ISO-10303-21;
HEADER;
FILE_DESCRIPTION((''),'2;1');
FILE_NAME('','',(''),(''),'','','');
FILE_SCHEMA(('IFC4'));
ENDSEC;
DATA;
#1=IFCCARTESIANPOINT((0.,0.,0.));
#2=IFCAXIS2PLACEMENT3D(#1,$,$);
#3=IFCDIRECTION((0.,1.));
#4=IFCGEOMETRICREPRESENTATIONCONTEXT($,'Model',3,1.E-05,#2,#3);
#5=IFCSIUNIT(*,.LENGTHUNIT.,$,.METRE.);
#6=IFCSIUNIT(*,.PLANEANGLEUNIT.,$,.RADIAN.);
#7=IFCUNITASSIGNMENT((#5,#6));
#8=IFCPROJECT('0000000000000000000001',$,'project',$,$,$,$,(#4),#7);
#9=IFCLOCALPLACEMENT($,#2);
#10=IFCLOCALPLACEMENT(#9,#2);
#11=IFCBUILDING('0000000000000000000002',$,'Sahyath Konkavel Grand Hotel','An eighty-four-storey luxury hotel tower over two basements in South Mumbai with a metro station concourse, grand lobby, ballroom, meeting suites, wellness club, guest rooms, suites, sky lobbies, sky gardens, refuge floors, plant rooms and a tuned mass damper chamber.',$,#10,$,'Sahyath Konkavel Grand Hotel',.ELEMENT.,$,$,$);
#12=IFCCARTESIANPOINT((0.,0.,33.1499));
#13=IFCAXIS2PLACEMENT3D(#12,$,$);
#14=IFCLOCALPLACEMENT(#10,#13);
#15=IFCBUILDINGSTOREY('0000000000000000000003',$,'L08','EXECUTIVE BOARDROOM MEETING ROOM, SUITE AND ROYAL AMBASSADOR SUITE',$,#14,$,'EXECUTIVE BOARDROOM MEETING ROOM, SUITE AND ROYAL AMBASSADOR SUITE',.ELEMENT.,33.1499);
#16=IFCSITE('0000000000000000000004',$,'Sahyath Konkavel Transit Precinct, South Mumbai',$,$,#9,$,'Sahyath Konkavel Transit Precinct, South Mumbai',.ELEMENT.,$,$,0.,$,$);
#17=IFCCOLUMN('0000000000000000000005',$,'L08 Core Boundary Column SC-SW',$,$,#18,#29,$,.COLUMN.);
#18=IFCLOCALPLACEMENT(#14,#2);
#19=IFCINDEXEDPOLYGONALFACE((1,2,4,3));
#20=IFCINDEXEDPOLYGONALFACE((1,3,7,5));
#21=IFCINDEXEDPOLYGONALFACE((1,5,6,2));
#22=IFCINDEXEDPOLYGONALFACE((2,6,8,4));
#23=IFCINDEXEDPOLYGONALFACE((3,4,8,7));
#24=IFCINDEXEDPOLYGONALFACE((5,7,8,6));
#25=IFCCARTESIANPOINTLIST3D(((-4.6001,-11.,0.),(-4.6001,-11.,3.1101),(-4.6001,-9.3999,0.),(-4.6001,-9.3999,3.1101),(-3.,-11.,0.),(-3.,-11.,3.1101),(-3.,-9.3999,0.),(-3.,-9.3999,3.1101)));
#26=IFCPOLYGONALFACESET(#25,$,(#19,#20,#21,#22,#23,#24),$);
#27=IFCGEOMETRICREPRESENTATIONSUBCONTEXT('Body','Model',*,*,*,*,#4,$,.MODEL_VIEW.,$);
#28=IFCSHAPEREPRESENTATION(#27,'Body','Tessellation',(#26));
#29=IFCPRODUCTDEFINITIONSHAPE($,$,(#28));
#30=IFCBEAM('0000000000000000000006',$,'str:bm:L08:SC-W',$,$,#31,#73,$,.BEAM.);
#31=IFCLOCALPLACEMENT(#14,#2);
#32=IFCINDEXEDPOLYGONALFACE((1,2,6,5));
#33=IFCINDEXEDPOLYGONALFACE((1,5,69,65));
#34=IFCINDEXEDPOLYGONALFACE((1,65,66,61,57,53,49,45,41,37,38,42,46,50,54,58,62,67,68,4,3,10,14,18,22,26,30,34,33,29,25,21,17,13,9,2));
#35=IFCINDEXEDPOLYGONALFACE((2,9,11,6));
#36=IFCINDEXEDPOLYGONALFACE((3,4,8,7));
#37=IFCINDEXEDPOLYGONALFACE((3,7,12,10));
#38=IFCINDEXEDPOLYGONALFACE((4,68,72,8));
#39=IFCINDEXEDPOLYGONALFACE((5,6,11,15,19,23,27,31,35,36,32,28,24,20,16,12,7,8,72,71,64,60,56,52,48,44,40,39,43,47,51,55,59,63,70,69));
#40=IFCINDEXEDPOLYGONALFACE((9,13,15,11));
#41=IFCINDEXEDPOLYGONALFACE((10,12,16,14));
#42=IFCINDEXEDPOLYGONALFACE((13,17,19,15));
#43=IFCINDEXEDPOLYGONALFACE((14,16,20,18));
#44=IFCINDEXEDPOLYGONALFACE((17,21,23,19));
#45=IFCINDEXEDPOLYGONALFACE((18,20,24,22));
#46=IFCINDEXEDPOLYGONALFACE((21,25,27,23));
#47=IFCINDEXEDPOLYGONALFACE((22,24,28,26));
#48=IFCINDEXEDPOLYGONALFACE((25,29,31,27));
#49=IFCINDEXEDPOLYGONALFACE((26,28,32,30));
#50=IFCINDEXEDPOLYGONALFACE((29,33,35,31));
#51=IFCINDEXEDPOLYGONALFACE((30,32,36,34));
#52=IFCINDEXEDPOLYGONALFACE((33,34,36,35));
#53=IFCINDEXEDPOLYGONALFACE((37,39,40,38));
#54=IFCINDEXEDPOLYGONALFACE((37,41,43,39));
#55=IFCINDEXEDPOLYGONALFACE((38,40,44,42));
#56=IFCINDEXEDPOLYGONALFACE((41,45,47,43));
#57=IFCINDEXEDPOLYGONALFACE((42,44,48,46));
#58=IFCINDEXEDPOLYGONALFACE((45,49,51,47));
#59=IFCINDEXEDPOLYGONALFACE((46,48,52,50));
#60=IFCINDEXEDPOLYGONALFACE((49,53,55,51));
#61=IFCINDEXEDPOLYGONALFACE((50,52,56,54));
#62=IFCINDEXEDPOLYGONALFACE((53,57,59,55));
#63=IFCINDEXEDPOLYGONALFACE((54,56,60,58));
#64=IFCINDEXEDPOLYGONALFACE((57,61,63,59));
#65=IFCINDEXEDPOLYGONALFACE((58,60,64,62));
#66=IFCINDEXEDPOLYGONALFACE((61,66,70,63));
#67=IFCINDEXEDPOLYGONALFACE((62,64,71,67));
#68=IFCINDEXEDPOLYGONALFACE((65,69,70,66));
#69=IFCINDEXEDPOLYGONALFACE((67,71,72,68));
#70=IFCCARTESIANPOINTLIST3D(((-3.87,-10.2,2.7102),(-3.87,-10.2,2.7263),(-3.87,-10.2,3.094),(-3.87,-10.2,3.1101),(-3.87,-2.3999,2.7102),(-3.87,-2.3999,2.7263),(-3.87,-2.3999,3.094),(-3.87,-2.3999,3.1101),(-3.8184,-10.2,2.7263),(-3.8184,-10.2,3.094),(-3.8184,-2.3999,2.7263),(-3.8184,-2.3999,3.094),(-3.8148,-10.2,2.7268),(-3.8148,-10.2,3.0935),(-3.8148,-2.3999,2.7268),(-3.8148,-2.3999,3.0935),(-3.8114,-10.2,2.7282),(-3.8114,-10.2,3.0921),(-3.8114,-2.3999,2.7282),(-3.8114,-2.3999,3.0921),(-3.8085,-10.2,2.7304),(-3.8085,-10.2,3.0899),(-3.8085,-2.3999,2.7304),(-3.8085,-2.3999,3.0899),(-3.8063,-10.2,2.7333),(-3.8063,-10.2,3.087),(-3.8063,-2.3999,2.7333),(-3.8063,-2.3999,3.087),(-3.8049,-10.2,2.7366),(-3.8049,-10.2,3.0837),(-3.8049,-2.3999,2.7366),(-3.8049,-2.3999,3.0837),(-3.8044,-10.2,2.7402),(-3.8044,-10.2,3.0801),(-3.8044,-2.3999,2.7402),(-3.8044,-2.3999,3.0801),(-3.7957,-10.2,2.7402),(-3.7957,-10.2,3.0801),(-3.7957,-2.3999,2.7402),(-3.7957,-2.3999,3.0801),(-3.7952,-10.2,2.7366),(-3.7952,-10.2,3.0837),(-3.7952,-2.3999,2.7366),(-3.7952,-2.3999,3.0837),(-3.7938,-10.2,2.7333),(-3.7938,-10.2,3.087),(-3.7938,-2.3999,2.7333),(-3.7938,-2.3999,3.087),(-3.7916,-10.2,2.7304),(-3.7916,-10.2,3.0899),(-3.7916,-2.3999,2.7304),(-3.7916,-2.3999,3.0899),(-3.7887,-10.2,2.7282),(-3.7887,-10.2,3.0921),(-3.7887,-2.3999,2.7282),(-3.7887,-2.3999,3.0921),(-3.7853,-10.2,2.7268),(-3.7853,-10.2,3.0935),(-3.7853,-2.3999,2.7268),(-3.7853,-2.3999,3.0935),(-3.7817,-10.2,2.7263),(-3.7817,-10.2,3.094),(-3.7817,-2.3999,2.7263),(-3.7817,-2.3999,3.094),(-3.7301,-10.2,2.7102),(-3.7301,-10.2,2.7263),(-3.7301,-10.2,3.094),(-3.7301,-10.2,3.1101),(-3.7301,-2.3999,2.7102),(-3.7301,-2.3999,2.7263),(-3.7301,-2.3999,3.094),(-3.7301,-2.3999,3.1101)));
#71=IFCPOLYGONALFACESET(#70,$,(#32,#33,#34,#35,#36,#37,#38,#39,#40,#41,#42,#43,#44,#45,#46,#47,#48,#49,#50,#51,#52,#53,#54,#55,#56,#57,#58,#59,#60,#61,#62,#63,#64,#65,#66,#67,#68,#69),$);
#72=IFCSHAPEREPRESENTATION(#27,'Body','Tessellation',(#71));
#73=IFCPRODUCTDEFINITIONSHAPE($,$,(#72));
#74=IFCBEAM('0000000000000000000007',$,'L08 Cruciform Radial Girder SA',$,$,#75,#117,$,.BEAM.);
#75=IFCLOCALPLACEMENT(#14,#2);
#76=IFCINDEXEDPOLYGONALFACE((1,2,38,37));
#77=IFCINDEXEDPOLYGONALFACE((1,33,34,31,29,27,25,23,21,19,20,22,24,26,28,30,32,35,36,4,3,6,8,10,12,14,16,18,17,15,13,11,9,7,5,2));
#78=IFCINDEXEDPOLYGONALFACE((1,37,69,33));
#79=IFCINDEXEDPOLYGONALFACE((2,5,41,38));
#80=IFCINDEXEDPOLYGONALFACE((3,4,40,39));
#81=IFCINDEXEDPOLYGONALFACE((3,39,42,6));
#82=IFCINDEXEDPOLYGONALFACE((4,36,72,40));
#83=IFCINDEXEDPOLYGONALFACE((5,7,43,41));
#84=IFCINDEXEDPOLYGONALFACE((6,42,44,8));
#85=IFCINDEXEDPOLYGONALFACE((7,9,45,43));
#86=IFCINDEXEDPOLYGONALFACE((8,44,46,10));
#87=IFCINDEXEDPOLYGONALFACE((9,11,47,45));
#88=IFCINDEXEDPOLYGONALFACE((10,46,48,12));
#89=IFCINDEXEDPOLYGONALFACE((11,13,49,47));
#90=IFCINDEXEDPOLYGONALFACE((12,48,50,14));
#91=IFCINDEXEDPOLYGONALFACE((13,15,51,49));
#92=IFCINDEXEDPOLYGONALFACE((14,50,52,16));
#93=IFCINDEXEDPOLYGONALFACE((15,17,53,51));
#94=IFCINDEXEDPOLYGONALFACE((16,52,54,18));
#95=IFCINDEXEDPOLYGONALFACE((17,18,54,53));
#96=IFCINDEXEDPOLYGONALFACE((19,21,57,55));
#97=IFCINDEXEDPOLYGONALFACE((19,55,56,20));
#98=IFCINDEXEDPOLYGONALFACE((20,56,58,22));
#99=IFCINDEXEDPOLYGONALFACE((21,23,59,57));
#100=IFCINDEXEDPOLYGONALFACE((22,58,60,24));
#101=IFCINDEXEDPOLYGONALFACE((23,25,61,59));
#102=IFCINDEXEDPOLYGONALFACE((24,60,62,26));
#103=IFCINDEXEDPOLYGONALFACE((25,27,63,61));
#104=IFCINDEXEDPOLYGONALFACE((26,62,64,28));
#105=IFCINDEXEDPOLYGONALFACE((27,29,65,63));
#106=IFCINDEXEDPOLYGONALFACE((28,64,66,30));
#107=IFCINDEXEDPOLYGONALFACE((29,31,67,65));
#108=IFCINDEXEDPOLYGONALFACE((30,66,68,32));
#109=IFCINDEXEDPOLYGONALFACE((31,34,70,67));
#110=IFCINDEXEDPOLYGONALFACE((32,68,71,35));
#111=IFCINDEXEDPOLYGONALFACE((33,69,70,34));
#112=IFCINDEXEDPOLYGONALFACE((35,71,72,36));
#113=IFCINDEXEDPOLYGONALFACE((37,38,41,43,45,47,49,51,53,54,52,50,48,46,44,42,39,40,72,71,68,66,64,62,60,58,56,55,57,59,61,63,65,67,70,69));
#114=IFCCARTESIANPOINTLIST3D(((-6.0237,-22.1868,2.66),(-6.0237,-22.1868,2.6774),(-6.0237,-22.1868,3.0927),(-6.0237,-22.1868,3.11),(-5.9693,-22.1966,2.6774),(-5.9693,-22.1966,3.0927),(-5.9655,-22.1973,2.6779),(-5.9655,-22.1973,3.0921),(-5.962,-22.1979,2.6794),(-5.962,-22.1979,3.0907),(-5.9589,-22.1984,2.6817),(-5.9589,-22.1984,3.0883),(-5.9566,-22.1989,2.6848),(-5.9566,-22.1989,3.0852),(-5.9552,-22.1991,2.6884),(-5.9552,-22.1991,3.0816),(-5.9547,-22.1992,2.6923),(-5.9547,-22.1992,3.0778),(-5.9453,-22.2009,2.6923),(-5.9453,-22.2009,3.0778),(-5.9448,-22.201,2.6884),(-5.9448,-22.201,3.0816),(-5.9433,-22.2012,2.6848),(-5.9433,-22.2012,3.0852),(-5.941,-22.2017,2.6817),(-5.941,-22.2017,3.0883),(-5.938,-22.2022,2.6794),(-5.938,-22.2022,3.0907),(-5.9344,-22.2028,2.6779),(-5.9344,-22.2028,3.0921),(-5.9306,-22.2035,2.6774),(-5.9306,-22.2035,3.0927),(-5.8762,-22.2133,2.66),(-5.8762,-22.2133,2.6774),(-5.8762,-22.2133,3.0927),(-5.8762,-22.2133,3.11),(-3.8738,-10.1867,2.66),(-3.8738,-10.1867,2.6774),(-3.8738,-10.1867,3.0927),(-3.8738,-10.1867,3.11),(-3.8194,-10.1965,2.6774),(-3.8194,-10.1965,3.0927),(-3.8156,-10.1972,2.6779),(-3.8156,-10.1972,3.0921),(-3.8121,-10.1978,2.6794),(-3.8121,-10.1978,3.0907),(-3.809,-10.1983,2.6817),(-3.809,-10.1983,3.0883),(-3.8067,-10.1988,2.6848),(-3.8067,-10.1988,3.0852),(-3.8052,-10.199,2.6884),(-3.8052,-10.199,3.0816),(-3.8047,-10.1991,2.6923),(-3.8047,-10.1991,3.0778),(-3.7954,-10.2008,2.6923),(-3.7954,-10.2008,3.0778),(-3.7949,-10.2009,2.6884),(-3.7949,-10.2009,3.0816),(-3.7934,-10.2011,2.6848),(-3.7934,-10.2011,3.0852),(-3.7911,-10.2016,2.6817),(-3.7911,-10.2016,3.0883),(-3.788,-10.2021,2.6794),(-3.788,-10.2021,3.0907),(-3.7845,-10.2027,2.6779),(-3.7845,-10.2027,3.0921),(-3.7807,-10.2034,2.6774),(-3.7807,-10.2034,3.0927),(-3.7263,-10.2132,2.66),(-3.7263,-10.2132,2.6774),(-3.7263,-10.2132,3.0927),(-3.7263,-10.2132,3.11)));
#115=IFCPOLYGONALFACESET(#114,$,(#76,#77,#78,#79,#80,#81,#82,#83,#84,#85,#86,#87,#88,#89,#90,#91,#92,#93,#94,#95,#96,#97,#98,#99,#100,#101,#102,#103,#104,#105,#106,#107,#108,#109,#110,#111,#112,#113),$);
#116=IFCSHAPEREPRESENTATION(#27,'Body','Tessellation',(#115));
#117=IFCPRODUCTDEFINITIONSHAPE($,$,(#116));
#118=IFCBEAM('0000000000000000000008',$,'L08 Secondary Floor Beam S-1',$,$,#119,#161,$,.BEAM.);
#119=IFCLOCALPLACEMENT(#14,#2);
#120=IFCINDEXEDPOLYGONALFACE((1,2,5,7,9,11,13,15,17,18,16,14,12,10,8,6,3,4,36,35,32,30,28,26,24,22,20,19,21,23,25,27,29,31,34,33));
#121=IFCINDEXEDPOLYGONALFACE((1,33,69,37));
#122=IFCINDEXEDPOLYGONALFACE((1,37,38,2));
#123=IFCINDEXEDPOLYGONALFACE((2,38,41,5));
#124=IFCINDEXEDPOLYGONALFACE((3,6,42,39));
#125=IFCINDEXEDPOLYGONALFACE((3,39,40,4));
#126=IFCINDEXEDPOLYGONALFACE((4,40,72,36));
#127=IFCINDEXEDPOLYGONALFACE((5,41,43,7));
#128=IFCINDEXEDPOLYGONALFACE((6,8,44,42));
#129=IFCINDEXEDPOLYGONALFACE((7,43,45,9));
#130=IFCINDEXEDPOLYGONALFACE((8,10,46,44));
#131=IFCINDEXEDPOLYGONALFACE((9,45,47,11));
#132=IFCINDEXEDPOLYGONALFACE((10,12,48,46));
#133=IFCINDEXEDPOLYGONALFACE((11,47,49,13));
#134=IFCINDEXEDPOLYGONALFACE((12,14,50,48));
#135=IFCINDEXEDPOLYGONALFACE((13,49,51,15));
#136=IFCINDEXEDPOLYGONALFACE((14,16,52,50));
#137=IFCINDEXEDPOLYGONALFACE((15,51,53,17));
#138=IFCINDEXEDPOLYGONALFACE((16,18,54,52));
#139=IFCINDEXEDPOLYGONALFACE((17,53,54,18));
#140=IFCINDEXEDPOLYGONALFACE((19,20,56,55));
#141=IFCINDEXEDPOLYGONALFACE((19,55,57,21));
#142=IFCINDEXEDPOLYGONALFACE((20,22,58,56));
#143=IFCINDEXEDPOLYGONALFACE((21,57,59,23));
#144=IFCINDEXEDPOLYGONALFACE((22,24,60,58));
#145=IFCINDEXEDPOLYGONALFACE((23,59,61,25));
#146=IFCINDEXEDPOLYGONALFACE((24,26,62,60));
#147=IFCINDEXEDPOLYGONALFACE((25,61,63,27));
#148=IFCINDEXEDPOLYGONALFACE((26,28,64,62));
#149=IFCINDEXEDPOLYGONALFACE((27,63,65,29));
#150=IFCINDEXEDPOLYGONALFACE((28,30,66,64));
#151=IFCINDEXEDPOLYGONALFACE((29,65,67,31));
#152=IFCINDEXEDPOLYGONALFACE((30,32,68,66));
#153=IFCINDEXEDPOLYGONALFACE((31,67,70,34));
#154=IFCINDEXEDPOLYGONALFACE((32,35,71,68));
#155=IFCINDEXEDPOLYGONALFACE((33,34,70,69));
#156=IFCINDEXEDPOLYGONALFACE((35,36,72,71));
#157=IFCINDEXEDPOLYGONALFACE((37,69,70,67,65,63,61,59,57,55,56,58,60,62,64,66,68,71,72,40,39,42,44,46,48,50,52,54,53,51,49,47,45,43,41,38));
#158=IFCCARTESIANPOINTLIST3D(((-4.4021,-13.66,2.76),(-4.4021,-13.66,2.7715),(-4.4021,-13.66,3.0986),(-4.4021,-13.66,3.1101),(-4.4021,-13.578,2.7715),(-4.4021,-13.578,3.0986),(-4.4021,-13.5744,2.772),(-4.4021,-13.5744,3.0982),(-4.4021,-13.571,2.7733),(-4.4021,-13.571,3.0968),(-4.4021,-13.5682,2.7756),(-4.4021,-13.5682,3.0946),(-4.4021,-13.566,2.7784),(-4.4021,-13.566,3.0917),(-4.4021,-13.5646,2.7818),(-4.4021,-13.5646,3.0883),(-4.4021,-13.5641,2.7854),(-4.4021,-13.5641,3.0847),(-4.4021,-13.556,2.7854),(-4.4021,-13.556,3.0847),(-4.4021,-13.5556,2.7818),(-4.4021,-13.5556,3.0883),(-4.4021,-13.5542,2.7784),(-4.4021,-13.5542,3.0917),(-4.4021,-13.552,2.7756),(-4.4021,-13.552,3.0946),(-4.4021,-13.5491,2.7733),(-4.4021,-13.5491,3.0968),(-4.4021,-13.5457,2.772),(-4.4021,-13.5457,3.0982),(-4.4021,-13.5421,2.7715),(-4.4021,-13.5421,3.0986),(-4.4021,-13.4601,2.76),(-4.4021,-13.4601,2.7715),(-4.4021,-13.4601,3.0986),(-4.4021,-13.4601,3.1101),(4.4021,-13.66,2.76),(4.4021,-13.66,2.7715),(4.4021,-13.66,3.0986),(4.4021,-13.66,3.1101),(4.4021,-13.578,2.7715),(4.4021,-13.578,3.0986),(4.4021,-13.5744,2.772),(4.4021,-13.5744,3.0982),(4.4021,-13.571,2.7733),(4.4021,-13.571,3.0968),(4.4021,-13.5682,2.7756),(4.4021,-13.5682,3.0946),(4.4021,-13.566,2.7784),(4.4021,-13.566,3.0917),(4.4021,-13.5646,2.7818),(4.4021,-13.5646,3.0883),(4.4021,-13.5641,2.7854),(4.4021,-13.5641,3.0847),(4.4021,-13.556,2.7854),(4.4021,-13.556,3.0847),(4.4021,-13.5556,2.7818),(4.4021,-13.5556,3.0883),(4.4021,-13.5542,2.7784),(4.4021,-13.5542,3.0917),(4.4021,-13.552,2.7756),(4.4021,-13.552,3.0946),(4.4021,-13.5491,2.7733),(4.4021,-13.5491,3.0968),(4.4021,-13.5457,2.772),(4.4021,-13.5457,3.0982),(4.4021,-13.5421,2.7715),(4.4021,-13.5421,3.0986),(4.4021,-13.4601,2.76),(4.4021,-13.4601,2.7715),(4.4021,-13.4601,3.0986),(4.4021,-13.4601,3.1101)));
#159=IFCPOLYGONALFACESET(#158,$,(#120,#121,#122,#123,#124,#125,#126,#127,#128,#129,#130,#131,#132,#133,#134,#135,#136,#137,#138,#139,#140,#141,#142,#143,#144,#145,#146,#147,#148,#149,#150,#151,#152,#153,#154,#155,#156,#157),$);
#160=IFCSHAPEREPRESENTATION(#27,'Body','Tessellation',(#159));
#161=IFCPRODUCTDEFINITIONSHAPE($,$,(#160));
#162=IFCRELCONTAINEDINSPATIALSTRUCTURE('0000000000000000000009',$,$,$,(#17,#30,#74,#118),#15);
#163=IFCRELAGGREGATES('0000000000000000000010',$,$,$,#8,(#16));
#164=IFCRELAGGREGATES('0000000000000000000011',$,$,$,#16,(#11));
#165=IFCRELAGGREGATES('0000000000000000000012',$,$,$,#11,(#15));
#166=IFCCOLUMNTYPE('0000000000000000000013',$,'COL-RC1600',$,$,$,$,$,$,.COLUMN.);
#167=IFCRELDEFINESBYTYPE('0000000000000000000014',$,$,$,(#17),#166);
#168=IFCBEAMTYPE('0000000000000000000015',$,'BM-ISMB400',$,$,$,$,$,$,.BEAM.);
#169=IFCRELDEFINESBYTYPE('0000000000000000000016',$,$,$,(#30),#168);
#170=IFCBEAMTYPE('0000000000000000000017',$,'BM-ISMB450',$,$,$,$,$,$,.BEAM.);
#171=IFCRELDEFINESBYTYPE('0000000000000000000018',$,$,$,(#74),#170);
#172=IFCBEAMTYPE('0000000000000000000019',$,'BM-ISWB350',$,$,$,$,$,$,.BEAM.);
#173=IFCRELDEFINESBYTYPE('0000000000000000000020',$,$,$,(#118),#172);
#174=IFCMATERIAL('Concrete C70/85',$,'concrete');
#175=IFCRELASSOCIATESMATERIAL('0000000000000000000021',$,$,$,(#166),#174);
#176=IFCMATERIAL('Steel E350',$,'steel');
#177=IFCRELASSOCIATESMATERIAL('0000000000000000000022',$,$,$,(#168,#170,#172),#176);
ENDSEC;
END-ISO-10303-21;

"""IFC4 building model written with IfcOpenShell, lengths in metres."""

from ifc_helpers import new_model, si_unit, direction, frame, origin, origin_2d, place, context, subcontext, project, spatial, rectangle, i_section, extrude, source, transform, mapped, material, material_profile, profile_set, type_object, element, save


model = new_model("IFC4")

# Units and contexts
model_context = context("Model", 3, precision=1e-05, world=origin(), true_north=direction((0.0, 1.0)))
body_context = subcontext(model_context, "Body", "Model", "MODEL_VIEW")
ifc_project = project(units=[si_unit("LENGTHUNIT", "METRE"), si_unit("PLANEANGLEUNIT", "RADIAN")], contexts=[model_context])

# Site, building, storey
site_placement = place(None, origin())
site = spatial("IfcSite", under=ifc_project, at=site_placement, Name="Sahyath Konkavel Transit Precinct, South Mumbai", LongName="Sahyath Konkavel Transit Precinct, South Mumbai", CompositionType="ELEMENT", RefElevation=0.0)
building_placement = place(site_placement, origin())
building = spatial("IfcBuilding", under=site, at=building_placement, Name="Sahyath Konkavel Grand Hotel", Description="An eighty-four-storey luxury hotel tower over two basements in South Mumbai with a metro station concourse, grand lobby, ballroom, meeting suites, wellness club, guest rooms, suites, sky lobbies, sky gardens, refuge floors, plant rooms and a tuned mass damper chamber.", LongName="Sahyath Konkavel Grand Hotel", CompositionType="ELEMENT")
storey_placement = place(building_placement, frame((0.0, 0.0, 33.1499)))
storey = spatial("IfcBuildingStorey", under=building, at=storey_placement, Name="L08", Description="EXECUTIVE BOARDROOM MEETING ROOM, SUITE AND ROYAL AMBASSADOR SUITE", LongName="EXECUTIVE BOARDROOM MEETING ROOM, SUITE AND ROYAL AMBASSADOR SUITE", CompositionType="ELEMENT", Elevation=33.1499)

# Column
ifc_material_1 = material(Name="Concrete C70/85", Category="concrete")
ifc_material_profile_1 = material_profile(ifc_material_1, rectangle(XDim=1.6001, YDim=1.6001, at=origin_2d()), Name="RC 1600x1600")
ifc_profile_set_1 = profile_set([ifc_material_profile_1], Name="Concrete C70/85")
column_type = type_object("IfcColumnType", Name="COL-RC1600", PredefinedType="COLUMN", material=ifc_profile_set_1)
shared_shape_1 = source(origin(), body_context, "Body", "SweptSolid", [
    extrude(rectangle(XDim=1.6001, YDim=1.6001, at=origin_2d()), origin(), (0.0, 0.0, 1.0), 3.1101),
])
column_placement = place(storey_placement, frame((-3.8, -10.2, 0.0), z_axis=(0.0, 0.0, 1.0), x_axis=(1.0, 0.0, 0.0)))
element("IfcColumn", 1, at=column_placement, inside=storey, type_object=column_type, Name="L08 Core Boundary Column SC-SW", PredefinedType="COLUMN", context=body_context, shape_type="MappedRepresentation", body=[
    mapped(shared_shape_1, transform((0.0, 0.0, 0.0), scale=1.0)),
])

# Beams
ifc_material_2 = material(Name="Steel E350", Category="steel")
ifc_material_profile_2 = material_profile(ifc_material_2, i_section(OverallWidth=0.1399, OverallDepth=0.3999, WebThickness=0.0088, FlangeThickness=0.0161, FilletRadius=0.0139, at=origin_2d()), Name="ISMB 400")
ifc_profile_set_2 = profile_set([ifc_material_profile_2], Name="Steel E350")
beam_type_1 = type_object("IfcBeamType", Name="BM-ISMB400", PredefinedType="BEAM", material=ifc_profile_set_2)
shared_shape_2 = source(origin(), body_context, "Body", "SweptSolid", [
    extrude(i_section(OverallWidth=0.1399, OverallDepth=0.3999, WebThickness=0.0088, FlangeThickness=0.0161, FilletRadius=0.0139, at=origin_2d()), origin(), (0.0, 0.0, 1.0), 7.8),
])
beam_1_placement = place(storey_placement, frame((-3.8, -10.2, 2.9102), z_axis=(0.0, 1.0, 0.0), x_axis=(-1.0, 0.0, 0.0)))
element("IfcBeam", 2, at=beam_1_placement, inside=storey, type_object=beam_type_1, Name="str:bm:L08:SC-W", PredefinedType="BEAM", context=body_context, shape_type="MappedRepresentation", body=[
    mapped(shared_shape_2, transform((0.0, 0.0, 0.0), scale=1.0)),
])
ifc_material_profile_3 = material_profile(ifc_material_2, i_section(OverallWidth=0.1499, OverallDepth=0.45, WebThickness=0.0095, FlangeThickness=0.0173, FilletRadius=0.0149, at=origin_2d()), Name="ISMB 450")
ifc_profile_set_3 = profile_set([ifc_material_profile_3], Name="Steel E350")
beam_type_2 = type_object("IfcBeamType", Name="BM-ISMB450", PredefinedType="BEAM", material=ifc_profile_set_3)
shared_shape_3 = source(origin(), body_context, "Body", "SweptSolid", [
    extrude(i_section(OverallWidth=0.1499, OverallDepth=0.45, WebThickness=0.0095, FlangeThickness=0.0173, FilletRadius=0.0149, at=origin_2d()), origin(), (0.0, 0.0, 1.0), 12.1912),
])
beam_2_placement = place(storey_placement, frame((-3.8, -10.2, 2.885), z_axis=(-0.176351, -0.984327, 0.0), x_axis=(0.984327, -0.176351, 0.0)))
element("IfcBeam", 3, at=beam_2_placement, inside=storey, type_object=beam_type_2, Name="L08 Cruciform Radial Girder SA", PredefinedType="BEAM", context=body_context, shape_type="MappedRepresentation", body=[
    mapped(shared_shape_3, transform((0.0, 0.0, 0.0), scale=1.0)),
])
ifc_material_profile_4 = material_profile(ifc_material_2, i_section(OverallWidth=0.2, OverallDepth=0.3501, WebThickness=0.0081, FlangeThickness=0.0115, FilletRadius=0.0139, at=origin_2d()), Name="ISWB 350")
ifc_profile_set_4 = profile_set([ifc_material_profile_4], Name="Steel E350")
beam_type_3 = type_object("IfcBeamType", Name="BM-ISWB350", PredefinedType="BEAM", material=ifc_profile_set_4)
shared_shape_4 = source(origin(), body_context, "Body", "SweptSolid", [
    extrude(i_section(OverallWidth=0.2, OverallDepth=0.3501, WebThickness=0.0081, FlangeThickness=0.0115, FilletRadius=0.0139, at=origin_2d()), origin(), (0.0, 0.0, 1.0), 8.8042),
])
beam_3_placement = place(storey_placement, frame((-4.4021, -13.5601, 2.9351), z_axis=(1.0, 0.0, 0.0), x_axis=(0.0, 1.0, 0.0)))
element("IfcBeam", 4, at=beam_3_placement, inside=storey, type_object=beam_type_3, Name="L08 Secondary Floor Beam S-1", PredefinedType="BEAM", context=body_context, shape_type="MappedRepresentation", body=[
    mapped(shared_shape_4, transform((0.0, 0.0, 0.0), scale=1.0)),
])

save(model, "model.ifc")
